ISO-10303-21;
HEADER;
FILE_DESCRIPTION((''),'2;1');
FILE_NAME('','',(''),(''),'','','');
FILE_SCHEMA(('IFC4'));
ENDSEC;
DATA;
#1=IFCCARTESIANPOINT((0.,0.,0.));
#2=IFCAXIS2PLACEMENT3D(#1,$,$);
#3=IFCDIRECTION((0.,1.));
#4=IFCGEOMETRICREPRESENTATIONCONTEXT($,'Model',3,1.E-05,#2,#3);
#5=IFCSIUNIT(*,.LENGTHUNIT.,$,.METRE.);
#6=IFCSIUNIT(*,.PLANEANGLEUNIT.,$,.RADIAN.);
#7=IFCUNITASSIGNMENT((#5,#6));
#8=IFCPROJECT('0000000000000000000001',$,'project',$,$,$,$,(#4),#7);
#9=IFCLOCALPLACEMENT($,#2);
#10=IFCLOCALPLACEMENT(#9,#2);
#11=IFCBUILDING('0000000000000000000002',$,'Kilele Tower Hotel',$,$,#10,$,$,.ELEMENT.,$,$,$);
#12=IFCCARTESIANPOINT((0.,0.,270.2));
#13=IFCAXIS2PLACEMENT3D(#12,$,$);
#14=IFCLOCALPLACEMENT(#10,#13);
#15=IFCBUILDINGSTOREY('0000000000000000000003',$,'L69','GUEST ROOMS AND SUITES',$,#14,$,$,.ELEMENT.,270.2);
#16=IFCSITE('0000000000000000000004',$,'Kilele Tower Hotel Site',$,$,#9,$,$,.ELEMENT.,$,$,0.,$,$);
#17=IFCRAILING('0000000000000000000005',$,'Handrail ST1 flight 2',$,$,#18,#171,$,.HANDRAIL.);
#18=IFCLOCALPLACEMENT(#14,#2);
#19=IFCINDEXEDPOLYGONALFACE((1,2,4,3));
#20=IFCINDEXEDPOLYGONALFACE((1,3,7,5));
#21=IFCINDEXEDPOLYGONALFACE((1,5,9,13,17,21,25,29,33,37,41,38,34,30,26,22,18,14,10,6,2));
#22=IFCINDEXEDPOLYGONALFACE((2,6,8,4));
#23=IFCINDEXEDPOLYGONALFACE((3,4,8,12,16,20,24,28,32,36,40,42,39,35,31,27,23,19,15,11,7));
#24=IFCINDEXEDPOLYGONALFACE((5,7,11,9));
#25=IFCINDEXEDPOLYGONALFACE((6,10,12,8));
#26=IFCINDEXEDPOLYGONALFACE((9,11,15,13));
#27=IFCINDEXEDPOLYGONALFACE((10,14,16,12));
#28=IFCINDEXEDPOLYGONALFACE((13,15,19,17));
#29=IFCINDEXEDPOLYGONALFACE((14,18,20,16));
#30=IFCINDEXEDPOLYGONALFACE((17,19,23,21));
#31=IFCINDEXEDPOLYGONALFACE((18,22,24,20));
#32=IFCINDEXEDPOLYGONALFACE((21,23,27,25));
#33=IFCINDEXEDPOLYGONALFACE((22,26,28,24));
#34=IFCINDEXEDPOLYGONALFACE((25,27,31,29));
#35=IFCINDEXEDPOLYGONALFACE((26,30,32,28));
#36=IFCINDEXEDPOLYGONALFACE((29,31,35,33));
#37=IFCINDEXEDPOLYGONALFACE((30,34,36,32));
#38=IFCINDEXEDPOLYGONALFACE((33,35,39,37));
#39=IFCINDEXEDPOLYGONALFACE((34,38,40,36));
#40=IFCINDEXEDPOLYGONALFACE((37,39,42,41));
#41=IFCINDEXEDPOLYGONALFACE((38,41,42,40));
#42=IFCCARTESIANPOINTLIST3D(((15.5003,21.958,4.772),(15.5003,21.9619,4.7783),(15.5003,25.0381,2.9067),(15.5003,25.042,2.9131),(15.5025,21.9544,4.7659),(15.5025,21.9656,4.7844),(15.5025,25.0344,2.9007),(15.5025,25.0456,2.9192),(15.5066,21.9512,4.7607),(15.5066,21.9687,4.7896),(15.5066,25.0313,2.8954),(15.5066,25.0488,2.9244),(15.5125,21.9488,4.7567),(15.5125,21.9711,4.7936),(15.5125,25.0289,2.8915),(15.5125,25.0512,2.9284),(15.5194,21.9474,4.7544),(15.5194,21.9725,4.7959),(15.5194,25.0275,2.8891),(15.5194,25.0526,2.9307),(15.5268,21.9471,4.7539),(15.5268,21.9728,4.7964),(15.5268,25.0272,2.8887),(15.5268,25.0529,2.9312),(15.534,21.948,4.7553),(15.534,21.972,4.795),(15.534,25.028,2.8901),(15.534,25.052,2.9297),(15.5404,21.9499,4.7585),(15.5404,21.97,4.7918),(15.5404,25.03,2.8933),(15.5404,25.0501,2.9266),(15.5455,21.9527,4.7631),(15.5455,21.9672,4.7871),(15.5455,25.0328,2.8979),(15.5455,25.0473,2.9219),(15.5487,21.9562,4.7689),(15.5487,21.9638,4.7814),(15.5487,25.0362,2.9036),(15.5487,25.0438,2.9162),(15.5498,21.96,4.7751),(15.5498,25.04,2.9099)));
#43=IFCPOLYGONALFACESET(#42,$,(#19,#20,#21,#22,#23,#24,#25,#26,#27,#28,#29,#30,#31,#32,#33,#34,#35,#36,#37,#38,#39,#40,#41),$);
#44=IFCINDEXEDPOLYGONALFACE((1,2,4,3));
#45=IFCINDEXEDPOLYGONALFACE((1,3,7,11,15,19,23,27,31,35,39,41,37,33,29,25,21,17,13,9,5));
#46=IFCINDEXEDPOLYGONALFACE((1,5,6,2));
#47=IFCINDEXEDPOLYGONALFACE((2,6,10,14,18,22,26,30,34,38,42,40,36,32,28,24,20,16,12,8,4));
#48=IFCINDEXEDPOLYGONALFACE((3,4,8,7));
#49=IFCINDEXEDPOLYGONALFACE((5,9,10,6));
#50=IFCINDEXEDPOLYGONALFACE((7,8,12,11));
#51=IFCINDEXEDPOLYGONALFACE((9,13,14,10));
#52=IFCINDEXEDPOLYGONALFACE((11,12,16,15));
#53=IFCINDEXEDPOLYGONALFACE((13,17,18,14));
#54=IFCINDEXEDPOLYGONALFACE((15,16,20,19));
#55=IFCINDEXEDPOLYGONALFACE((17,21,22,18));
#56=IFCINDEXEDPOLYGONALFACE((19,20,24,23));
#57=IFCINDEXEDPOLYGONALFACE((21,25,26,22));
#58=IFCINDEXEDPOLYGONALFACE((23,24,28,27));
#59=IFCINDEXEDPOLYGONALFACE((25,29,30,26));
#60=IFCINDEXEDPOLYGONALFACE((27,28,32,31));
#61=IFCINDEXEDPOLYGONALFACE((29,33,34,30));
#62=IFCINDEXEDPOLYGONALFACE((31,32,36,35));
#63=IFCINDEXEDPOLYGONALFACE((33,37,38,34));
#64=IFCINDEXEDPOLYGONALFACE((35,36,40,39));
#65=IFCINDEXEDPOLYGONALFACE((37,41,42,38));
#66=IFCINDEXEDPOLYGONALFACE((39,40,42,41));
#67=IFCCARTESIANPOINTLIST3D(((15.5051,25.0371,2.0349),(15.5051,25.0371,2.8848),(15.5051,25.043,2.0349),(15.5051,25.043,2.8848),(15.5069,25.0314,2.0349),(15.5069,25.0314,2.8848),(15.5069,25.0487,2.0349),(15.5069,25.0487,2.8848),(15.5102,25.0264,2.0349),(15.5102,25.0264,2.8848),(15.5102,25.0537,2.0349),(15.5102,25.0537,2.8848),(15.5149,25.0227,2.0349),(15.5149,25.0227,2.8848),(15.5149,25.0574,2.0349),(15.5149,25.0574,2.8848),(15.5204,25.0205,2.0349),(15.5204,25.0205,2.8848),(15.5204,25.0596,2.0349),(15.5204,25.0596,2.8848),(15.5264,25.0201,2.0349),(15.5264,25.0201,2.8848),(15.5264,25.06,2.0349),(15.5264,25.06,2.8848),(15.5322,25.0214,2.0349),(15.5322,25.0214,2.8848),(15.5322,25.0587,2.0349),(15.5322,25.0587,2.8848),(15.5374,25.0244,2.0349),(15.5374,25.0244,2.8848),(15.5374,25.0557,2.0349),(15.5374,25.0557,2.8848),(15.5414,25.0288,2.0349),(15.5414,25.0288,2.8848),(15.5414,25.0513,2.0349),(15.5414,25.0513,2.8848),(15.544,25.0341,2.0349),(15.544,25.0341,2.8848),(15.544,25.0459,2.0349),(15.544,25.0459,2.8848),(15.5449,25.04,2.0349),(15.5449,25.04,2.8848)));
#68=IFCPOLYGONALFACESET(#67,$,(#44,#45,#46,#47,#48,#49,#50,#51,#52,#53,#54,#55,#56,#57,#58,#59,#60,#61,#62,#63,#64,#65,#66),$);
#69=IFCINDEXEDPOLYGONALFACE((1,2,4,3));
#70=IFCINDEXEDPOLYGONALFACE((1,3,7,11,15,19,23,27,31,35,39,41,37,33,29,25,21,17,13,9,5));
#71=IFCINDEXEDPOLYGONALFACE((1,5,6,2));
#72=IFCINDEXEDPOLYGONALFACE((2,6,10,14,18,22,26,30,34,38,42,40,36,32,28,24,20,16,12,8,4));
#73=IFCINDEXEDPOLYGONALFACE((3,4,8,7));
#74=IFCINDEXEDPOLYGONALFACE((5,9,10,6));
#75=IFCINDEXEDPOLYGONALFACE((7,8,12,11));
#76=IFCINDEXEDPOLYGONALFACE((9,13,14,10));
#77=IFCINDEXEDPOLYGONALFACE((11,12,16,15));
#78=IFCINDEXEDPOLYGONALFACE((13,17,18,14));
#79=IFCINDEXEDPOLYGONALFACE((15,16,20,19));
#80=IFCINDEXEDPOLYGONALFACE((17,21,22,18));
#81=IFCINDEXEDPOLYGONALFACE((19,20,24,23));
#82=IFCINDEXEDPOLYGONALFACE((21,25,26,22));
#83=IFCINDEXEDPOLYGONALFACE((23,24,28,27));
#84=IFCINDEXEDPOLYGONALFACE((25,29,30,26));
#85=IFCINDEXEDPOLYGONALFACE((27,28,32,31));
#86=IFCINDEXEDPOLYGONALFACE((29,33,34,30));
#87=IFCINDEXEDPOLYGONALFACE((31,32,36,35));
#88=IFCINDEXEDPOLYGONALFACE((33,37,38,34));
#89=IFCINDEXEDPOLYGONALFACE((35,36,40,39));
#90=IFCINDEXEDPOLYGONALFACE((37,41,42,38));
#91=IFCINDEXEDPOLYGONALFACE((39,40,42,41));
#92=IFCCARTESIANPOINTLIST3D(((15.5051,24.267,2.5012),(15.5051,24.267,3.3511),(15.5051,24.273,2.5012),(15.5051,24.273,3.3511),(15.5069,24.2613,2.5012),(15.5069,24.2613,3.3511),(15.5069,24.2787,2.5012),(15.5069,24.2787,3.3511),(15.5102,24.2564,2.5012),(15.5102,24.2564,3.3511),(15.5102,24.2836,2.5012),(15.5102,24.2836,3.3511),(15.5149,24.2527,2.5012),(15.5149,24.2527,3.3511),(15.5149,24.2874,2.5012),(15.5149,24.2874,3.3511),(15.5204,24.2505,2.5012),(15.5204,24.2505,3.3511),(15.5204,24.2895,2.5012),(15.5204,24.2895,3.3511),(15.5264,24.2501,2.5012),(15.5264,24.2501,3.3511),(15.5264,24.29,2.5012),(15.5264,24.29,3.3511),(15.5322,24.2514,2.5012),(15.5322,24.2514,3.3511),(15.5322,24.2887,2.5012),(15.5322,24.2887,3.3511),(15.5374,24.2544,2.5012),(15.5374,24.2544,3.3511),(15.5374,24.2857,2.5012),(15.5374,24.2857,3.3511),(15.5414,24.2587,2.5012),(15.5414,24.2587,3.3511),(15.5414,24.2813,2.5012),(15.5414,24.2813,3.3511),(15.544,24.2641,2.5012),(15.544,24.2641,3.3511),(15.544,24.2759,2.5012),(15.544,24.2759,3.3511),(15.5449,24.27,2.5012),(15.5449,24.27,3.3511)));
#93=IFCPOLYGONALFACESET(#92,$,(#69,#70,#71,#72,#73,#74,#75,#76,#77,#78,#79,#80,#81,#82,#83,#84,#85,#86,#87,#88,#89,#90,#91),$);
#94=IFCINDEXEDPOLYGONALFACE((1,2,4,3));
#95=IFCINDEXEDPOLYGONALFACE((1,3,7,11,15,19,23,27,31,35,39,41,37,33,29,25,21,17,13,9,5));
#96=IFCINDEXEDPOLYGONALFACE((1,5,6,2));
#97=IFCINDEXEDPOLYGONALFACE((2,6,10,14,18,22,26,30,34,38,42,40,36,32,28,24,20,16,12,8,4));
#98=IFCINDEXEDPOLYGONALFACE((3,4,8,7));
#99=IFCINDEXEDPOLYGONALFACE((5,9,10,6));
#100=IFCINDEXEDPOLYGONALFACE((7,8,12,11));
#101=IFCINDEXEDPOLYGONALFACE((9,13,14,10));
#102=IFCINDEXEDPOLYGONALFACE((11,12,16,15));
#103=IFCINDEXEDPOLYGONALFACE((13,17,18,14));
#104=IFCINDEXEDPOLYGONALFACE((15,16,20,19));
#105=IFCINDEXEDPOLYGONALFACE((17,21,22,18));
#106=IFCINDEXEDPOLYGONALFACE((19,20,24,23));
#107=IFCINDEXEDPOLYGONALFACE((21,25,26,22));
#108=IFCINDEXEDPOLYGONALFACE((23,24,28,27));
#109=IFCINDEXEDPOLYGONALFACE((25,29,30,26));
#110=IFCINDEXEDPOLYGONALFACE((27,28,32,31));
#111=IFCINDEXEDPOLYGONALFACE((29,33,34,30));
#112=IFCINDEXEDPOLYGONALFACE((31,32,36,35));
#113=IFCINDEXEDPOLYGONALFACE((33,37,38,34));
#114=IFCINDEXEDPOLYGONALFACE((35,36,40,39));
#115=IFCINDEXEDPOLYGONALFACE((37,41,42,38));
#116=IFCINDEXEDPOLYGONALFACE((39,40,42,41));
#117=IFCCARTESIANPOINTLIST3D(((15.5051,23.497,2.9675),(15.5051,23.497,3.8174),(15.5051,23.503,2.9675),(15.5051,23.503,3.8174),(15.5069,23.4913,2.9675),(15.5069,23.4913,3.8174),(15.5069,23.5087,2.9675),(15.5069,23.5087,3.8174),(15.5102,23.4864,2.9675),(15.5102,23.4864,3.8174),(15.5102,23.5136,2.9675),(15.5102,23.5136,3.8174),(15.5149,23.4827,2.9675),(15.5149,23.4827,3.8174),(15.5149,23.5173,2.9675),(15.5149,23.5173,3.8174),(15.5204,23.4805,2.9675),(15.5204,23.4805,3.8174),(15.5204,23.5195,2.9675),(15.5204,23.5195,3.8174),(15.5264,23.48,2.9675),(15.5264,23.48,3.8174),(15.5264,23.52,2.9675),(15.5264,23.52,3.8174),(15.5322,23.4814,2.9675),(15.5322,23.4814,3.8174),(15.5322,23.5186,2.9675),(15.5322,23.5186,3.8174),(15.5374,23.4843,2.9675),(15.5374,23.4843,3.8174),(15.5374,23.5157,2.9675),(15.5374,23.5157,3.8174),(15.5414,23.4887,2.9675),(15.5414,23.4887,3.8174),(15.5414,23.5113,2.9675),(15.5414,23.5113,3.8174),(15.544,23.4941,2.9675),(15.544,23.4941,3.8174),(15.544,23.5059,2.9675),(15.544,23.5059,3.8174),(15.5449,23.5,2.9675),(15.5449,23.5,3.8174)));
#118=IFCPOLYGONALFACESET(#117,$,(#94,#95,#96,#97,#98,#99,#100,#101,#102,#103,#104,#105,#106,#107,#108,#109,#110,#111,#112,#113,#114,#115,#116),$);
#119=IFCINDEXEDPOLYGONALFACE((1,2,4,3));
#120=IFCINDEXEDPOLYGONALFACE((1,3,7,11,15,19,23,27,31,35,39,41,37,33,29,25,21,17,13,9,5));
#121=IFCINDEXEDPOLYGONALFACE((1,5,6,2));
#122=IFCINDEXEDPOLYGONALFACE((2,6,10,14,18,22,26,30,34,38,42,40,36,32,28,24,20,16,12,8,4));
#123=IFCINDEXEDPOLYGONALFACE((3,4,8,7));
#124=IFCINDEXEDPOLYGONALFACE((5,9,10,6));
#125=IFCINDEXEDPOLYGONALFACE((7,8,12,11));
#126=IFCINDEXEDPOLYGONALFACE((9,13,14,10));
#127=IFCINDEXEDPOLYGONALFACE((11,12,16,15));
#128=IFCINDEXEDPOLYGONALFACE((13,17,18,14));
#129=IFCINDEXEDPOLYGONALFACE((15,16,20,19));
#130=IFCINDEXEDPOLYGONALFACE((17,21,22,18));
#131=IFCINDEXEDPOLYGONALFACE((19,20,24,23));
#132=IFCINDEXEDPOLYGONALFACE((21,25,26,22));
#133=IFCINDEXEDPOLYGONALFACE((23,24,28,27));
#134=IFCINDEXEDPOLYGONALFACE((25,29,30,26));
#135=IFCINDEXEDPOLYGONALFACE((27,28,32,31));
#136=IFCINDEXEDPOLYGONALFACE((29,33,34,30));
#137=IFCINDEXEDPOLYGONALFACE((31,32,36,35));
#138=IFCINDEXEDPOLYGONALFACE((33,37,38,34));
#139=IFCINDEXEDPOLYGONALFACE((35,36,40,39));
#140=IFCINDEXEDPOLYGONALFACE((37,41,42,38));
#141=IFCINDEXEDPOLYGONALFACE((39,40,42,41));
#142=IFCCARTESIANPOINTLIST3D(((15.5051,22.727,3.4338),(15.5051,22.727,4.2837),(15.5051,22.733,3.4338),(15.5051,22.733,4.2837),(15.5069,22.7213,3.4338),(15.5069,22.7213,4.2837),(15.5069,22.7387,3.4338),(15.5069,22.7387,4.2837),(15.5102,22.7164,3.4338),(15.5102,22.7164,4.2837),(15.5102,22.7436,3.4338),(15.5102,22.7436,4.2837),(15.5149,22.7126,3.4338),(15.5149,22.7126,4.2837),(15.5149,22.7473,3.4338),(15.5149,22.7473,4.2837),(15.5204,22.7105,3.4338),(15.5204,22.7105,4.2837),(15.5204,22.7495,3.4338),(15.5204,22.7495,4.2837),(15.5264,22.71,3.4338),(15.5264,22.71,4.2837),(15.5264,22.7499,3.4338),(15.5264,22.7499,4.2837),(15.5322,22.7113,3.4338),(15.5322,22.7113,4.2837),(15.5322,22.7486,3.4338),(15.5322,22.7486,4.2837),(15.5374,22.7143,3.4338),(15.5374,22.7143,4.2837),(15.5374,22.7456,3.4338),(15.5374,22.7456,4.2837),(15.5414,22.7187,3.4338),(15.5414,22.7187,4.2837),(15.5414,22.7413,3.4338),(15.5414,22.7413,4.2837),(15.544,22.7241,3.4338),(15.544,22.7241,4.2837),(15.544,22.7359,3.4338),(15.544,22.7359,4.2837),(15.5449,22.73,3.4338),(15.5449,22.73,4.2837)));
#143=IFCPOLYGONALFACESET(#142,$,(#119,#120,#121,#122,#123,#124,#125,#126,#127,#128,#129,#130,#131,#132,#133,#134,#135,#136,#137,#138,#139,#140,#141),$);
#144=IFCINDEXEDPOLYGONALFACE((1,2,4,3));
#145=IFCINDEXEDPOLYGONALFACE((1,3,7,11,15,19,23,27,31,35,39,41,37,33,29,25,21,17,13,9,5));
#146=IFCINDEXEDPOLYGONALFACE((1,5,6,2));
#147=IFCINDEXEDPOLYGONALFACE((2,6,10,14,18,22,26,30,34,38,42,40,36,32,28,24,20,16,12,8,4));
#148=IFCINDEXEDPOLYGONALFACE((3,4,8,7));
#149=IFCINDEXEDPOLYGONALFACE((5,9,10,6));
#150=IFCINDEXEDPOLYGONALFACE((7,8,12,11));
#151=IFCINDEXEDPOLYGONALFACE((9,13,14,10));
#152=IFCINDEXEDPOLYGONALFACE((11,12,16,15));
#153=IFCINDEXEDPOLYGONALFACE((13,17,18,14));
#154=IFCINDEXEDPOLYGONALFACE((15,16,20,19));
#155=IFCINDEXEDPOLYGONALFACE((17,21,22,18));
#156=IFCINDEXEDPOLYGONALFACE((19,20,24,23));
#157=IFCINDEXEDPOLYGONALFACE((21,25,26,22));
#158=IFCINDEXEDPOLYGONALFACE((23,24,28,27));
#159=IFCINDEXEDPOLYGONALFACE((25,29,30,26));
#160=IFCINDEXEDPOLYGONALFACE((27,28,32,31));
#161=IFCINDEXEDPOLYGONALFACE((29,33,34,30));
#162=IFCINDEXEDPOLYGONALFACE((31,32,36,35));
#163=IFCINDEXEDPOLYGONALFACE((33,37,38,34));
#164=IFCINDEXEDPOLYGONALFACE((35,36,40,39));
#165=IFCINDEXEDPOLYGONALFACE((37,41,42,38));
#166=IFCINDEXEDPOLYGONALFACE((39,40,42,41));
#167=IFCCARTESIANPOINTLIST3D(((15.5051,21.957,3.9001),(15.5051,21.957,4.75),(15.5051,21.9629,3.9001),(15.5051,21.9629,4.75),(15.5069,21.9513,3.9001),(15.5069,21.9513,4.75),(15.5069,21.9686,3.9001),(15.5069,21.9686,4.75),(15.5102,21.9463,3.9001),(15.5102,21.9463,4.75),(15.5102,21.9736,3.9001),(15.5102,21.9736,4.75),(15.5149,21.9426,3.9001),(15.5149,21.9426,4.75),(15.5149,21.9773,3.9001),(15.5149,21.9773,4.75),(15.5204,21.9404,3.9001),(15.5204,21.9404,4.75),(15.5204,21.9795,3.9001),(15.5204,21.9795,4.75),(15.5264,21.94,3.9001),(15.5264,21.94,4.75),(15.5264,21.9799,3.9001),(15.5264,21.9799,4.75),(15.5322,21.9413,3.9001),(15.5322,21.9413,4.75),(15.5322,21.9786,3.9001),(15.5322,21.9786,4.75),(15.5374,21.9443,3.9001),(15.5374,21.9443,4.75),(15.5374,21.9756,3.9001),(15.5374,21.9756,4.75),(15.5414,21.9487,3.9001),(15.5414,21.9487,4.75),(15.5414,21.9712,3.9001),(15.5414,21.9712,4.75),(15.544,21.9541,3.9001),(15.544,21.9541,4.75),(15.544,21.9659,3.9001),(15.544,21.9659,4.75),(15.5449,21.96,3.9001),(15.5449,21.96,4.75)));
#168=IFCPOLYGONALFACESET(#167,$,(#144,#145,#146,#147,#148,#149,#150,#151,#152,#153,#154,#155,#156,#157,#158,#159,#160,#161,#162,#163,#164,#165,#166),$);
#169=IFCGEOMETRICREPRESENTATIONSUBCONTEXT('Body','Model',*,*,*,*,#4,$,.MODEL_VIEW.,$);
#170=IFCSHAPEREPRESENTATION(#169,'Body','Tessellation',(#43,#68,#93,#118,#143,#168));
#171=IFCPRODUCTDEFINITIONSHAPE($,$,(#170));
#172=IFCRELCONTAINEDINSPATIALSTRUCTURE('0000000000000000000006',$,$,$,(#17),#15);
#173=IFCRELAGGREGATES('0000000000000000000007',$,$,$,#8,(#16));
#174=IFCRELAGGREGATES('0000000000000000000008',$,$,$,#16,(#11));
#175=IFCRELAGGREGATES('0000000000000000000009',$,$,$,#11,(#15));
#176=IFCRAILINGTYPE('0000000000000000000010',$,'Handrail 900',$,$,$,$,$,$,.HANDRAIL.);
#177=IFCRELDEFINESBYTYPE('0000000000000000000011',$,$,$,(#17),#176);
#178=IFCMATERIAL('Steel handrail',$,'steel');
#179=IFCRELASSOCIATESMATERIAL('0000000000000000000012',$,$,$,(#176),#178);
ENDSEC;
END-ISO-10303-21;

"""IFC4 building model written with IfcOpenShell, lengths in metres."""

from ifc_helpers import new_model, si_unit, direction, frame, origin, origin_2d, place, context, subcontext, project, spatial, circle, extrude, material, type_object, element, save


model = new_model("IFC4")

# Units and contexts
model_context = context("Model", 3, precision=1e-05, world=origin(), true_north=direction((0.0, 1.0)))
body_context = subcontext(model_context, "Body", "Model", "MODEL_VIEW")
ifc_project = project(units=[si_unit("LENGTHUNIT", "METRE"), si_unit("PLANEANGLEUNIT", "RADIAN")], contexts=[model_context])

# Site, building, storey
site_placement = place(None, origin())
site = spatial("IfcSite", under=ifc_project, at=site_placement, Name="Kilele Tower Hotel Site", CompositionType="ELEMENT", RefElevation=0.0)
building_placement = place(site_placement, origin())
building = spatial("IfcBuilding", under=site, at=building_placement, Name="Kilele Tower Hotel", CompositionType="ELEMENT")
storey_placement = place(building_placement, frame((0.0, 0.0, 270.2)))
storey = spatial("IfcBuildingStorey", under=building, at=storey_placement, Name="L69", Description="GUEST ROOMS AND SUITES", CompositionType="ELEMENT", Elevation=270.2)

# Railing
ifc_material_1 = material(Name="Steel handrail", Category="steel")
railing_type_1 = type_object("IfcRailingType", Name="Handrail 900", PredefinedType="HANDRAIL", material=ifc_material_1)
for number, where, name in (
    (1, (15.5249, 25.04, 2.0349), "Handrail ST1 flight 2"),
):
    element("IfcRailing", number, at=place(storey_placement, frame(where)), inside=storey, type_object=railing_type_1, Name=name, PredefinedType="HANDRAIL", context=body_context, shape_type="SweptSolid", body=[
        extrude(circle(Radius=0.0249, at=origin_2d()), frame((0.0, 0.0, 0.875), z_axis=(0.0, -0.85538, 0.518001), x_axis=(1.0, 0.0, 0.0)), (0.0, 0.0, 1.0), 3.6008),
        extrude(circle(Radius=0.02, at=origin_2d()), origin(), (0.0, 0.0, 1.0), 0.8499),
        extrude(circle(Radius=0.02, at=origin_2d()), frame((0.0, -0.77, 0.4663)), (0.0, 0.0, 1.0), 0.8499),
        extrude(circle(Radius=0.02, at=origin_2d()), frame((0.0, -1.54, 0.9326)), (0.0, 0.0, 1.0), 0.8499),
        extrude(circle(Radius=0.02, at=origin_2d()), frame((0.0, -2.3101, 1.3989)), (0.0, 0.0, 1.0), 0.8499),
        extrude(circle(Radius=0.02, at=origin_2d()), frame((0.0, -3.0801, 1.8652)), (0.0, 0.0, 1.0), 0.8499),
    ])

save(model, "model.ifc")
